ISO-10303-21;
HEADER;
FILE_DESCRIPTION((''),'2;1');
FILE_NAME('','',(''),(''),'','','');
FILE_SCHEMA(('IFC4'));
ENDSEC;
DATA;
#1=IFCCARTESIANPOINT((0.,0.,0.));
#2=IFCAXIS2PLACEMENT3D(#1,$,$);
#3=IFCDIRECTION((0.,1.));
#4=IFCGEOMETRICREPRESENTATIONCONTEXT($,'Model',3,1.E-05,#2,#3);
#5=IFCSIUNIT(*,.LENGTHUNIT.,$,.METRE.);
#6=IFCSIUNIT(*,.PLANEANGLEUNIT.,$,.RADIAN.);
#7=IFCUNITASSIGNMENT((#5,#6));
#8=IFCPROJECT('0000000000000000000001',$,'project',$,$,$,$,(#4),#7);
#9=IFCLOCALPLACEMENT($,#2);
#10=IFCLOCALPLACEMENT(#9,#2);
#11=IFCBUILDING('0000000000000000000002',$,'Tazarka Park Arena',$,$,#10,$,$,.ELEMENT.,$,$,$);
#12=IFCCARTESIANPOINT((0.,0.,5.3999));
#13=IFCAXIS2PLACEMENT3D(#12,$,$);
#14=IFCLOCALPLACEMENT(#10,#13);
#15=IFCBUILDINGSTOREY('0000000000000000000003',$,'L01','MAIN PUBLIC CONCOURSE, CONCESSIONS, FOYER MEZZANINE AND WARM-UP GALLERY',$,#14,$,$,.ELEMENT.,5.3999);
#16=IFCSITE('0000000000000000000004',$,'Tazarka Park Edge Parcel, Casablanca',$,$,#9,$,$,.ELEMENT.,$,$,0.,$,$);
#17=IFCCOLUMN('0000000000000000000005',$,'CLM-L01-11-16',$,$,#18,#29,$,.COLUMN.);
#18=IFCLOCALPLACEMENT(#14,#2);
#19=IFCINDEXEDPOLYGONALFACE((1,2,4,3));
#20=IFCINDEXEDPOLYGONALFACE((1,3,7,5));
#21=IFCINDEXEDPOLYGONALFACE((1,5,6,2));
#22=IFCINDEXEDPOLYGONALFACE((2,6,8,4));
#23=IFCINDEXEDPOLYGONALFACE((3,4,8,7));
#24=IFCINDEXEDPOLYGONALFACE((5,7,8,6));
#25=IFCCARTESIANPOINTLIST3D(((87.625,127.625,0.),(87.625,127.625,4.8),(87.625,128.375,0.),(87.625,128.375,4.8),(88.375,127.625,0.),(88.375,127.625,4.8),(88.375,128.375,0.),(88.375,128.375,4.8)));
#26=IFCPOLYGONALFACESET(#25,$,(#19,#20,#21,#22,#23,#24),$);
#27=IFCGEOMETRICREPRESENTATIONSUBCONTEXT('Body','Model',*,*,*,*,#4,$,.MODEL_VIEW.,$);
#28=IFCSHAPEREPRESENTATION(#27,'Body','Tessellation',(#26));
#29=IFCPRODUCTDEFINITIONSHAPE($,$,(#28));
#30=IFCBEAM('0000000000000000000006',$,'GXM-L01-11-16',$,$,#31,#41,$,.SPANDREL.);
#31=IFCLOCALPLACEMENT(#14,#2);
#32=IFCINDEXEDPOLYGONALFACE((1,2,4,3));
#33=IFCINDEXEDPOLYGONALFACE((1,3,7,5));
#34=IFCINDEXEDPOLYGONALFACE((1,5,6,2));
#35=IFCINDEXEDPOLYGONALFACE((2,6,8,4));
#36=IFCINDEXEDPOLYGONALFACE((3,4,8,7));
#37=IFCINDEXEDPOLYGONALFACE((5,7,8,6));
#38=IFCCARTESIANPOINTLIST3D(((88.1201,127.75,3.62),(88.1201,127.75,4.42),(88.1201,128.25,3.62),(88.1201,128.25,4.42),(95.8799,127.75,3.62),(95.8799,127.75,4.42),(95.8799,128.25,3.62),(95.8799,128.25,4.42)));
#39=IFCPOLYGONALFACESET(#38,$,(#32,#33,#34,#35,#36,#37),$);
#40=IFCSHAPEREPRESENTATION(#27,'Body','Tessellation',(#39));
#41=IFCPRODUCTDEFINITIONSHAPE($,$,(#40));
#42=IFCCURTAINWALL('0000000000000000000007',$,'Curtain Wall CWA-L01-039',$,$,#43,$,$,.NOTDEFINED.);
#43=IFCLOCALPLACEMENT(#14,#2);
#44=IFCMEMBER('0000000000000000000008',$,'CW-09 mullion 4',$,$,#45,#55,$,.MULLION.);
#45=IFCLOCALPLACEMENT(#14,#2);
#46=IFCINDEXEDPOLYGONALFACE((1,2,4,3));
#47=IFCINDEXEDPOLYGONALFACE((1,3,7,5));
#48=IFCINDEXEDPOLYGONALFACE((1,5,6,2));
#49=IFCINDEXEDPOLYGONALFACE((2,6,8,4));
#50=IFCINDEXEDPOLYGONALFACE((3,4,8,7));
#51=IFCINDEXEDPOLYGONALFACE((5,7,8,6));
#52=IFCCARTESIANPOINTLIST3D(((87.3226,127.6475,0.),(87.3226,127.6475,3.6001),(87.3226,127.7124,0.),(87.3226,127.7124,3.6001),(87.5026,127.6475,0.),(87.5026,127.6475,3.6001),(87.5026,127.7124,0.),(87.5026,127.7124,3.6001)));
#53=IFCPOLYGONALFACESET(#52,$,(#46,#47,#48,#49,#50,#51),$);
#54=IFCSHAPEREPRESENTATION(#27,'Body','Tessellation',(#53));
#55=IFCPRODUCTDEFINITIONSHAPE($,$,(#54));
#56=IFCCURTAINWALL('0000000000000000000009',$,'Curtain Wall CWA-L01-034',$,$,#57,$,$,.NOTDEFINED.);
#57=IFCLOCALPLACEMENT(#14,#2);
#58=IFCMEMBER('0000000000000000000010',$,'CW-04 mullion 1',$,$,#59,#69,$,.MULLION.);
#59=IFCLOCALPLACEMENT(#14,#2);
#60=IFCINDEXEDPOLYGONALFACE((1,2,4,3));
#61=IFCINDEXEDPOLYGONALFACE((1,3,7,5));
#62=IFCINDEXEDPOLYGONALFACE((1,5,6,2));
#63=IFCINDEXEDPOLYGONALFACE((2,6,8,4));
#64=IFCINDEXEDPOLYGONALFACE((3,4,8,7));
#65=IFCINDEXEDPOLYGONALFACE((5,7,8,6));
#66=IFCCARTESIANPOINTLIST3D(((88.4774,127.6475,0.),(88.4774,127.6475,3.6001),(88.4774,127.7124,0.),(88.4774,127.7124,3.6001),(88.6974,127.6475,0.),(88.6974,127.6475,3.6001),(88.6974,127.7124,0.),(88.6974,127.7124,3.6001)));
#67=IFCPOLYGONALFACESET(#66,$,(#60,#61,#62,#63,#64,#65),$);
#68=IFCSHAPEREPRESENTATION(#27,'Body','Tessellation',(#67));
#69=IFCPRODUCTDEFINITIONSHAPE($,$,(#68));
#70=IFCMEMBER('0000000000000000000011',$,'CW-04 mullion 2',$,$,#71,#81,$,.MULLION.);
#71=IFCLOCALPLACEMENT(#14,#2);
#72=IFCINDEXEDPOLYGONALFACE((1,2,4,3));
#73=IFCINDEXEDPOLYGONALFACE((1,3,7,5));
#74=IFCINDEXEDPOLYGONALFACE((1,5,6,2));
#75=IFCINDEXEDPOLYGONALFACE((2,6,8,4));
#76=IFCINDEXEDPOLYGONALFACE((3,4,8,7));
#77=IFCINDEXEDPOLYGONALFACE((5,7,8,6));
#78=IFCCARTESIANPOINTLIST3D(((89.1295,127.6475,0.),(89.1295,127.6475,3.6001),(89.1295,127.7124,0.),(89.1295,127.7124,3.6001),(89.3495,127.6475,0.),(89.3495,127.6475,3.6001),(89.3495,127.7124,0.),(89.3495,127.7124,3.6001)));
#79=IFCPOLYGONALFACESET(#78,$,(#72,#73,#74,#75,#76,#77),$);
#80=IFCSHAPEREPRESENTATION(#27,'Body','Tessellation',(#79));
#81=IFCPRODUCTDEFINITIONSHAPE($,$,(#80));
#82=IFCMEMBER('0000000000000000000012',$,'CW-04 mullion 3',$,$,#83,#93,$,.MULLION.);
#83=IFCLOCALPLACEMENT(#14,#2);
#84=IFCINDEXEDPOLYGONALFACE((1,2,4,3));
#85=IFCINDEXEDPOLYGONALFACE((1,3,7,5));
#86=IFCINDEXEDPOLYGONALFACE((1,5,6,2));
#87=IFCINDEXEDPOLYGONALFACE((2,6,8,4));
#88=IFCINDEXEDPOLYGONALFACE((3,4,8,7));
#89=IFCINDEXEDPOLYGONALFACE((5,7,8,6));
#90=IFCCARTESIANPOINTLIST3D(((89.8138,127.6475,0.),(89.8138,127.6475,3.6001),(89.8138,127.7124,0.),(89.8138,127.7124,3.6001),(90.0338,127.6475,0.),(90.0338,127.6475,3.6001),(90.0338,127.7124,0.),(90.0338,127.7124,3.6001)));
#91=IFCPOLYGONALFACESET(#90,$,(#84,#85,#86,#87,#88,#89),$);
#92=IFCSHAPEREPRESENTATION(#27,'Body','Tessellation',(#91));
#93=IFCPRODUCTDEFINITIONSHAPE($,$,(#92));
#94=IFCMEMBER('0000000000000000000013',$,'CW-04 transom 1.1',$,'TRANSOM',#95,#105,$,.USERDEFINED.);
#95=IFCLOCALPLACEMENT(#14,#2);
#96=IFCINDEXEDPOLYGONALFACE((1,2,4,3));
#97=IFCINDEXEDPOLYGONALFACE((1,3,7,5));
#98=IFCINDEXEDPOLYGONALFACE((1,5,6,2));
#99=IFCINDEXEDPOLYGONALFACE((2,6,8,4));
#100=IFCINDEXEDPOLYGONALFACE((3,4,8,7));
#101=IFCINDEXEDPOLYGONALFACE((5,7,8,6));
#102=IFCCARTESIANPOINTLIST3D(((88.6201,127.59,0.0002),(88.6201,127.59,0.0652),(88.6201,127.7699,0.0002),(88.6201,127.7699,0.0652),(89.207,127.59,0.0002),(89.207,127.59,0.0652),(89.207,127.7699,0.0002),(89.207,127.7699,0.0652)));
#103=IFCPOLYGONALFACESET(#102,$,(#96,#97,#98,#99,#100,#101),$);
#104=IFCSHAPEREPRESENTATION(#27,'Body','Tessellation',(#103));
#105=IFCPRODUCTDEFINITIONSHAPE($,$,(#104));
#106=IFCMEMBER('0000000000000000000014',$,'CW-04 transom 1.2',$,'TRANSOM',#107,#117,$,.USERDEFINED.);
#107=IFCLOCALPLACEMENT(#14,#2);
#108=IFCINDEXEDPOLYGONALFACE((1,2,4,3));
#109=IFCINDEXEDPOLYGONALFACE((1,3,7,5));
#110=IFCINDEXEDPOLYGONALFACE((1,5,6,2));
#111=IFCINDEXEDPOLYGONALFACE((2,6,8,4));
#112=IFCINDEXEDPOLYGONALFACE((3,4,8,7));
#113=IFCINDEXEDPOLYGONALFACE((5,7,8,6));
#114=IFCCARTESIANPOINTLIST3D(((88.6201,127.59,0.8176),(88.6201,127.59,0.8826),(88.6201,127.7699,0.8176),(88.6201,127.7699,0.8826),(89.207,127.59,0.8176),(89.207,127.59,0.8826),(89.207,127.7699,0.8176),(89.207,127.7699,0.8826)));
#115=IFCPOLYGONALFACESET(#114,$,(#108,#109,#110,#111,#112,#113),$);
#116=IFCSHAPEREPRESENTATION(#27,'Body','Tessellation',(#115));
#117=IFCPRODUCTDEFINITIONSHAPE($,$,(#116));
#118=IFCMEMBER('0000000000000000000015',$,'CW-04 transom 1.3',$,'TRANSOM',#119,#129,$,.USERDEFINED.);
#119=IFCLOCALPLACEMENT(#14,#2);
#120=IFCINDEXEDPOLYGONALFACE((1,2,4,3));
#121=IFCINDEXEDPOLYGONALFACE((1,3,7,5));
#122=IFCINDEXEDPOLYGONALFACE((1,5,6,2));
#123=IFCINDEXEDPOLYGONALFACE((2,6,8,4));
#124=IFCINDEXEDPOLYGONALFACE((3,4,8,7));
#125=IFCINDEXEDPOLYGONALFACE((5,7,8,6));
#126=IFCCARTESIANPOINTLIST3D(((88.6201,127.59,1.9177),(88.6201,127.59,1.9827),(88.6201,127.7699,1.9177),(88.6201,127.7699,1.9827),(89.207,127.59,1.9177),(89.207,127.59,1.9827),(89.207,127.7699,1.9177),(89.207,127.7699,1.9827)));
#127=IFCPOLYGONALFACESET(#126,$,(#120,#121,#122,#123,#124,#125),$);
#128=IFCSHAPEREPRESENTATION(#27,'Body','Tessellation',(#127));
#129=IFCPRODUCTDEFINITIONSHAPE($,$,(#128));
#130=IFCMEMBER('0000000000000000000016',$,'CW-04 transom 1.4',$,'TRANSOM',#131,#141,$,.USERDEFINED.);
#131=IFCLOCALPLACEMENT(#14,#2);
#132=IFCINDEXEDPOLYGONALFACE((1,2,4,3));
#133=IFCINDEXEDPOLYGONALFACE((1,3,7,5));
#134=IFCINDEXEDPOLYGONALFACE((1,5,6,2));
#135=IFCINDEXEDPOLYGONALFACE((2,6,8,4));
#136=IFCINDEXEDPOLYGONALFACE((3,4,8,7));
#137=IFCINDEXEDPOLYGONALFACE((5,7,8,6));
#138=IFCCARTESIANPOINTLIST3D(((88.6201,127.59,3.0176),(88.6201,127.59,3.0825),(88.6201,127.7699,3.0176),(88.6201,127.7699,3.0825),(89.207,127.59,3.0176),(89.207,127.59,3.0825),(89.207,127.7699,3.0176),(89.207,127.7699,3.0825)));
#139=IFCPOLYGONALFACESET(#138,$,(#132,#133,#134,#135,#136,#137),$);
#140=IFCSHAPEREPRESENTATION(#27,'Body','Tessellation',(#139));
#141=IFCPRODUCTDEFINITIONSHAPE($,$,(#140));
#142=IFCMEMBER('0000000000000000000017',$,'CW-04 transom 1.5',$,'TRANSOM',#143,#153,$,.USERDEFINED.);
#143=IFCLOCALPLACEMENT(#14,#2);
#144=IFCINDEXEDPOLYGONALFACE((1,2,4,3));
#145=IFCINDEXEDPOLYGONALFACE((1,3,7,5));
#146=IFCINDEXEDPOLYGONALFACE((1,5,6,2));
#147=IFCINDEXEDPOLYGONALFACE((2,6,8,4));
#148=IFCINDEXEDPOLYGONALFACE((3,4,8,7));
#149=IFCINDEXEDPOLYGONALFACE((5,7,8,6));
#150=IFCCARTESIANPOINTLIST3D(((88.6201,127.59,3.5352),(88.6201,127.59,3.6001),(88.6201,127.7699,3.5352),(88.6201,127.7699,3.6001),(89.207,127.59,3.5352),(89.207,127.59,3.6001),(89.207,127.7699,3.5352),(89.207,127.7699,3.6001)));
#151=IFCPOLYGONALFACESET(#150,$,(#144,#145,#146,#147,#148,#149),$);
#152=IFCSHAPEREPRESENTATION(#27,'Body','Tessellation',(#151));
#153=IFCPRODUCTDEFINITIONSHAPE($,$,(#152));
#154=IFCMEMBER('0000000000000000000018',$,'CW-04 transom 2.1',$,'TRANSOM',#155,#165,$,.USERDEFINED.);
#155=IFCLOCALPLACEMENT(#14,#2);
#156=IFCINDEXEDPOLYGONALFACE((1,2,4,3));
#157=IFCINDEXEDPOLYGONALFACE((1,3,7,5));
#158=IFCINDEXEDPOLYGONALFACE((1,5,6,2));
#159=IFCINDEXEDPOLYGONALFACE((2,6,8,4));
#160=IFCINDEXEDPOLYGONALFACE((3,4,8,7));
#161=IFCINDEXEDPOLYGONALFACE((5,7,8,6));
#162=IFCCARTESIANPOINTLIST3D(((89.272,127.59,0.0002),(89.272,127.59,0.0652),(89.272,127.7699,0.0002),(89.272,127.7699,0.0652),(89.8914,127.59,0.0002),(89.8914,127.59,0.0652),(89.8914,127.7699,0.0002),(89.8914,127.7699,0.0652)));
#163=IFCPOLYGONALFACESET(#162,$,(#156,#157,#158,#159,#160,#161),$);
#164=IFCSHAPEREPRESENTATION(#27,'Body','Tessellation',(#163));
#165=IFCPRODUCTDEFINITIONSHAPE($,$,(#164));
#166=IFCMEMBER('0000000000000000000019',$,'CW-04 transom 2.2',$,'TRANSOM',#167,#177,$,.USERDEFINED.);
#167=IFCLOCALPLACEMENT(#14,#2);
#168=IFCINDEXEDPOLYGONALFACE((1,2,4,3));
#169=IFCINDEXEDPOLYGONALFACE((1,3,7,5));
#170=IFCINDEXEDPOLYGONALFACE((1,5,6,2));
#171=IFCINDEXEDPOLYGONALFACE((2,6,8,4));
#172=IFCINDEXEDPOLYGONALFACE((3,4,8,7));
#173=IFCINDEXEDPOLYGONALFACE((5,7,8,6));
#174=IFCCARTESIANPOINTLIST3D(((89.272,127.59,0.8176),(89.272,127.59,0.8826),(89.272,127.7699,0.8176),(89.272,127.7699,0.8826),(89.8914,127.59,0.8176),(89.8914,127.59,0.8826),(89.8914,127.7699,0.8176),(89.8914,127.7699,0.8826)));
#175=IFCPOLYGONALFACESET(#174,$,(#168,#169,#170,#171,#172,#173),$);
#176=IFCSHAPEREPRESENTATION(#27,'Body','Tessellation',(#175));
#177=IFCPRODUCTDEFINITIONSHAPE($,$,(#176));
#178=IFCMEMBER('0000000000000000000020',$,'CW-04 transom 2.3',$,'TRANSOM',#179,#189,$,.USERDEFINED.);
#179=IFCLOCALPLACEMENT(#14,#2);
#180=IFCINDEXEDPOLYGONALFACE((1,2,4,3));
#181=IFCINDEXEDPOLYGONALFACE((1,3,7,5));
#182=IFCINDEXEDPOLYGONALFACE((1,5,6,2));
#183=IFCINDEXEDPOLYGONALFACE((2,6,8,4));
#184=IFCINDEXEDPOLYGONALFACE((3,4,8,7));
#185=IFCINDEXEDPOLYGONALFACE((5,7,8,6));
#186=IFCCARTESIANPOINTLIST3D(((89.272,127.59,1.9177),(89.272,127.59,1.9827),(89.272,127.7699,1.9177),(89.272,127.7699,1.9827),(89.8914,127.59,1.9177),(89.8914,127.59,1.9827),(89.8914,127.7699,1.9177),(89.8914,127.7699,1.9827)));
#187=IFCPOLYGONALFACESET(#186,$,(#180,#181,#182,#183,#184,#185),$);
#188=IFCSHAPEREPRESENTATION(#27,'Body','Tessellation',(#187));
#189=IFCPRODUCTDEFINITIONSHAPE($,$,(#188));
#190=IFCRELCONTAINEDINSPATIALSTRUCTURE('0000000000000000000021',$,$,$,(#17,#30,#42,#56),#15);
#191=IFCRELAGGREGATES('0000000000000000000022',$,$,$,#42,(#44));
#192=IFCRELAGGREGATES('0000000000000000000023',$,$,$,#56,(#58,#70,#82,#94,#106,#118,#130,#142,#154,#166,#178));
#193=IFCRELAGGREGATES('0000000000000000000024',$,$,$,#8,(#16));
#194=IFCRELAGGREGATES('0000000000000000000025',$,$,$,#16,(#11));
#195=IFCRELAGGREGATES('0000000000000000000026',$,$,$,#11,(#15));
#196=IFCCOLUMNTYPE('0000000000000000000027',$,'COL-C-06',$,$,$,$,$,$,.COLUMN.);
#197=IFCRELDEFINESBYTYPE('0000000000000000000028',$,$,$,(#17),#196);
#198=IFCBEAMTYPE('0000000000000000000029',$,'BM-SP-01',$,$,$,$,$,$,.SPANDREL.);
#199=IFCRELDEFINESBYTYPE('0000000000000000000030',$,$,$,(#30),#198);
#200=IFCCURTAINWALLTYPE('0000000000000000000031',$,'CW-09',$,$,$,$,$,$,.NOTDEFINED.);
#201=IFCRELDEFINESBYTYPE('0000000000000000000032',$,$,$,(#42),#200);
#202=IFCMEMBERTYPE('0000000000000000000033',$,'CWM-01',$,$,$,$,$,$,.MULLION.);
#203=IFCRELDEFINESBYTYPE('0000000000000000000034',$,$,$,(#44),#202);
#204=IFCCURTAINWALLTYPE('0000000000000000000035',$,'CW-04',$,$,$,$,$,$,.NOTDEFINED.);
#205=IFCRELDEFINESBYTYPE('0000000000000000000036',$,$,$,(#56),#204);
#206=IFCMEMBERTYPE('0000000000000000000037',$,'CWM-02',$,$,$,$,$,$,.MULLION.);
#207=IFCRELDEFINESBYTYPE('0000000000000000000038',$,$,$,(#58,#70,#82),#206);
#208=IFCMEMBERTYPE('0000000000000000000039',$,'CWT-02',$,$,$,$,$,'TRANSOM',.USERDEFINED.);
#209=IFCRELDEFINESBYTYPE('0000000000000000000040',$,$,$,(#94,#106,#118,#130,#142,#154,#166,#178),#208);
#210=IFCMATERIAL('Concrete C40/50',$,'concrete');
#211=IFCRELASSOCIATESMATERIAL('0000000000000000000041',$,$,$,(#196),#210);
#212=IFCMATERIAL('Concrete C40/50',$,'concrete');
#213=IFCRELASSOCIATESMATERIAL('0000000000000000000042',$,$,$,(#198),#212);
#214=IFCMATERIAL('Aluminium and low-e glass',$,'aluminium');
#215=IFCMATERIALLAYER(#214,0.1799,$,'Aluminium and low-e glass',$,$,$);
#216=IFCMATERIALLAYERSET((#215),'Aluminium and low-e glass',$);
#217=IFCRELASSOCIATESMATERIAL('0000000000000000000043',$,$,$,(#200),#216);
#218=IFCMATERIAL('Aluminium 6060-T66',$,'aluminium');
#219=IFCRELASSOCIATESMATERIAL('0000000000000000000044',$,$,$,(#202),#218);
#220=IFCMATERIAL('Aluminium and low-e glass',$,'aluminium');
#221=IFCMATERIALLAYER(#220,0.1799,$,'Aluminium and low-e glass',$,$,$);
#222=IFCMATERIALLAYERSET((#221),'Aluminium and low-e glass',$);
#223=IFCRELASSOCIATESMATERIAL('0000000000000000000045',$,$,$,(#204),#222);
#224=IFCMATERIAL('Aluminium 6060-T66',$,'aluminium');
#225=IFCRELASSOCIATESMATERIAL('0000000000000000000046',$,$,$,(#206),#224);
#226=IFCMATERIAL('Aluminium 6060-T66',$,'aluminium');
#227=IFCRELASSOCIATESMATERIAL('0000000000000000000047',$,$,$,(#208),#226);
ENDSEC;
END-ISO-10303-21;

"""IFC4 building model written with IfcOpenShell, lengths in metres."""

from ifc_helpers import new_model, si_unit, direction, frame, origin, origin_2d, place, context, subcontext, project, spatial, rectangle, extrude, material, layer, layer_set, material_profile, profile_set, type_object, element, aggregate, save


model = new_model("IFC4")

# Units and contexts
model_context = context("Model", 3, precision=1e-05, world=origin(), true_north=direction((0.0, 1.0)))
body_context = subcontext(model_context, "Body", "Model", "MODEL_VIEW")
ifc_project = project(units=[si_unit("LENGTHUNIT", "METRE"), si_unit("PLANEANGLEUNIT", "RADIAN")], contexts=[model_context])

# Site, building, storey
site_placement = place(None, origin())
site = spatial("IfcSite", under=ifc_project, at=site_placement, Name="Tazarka Park Edge Parcel, Casablanca", CompositionType="ELEMENT", RefElevation=0.0)
building_placement = place(site_placement, origin())
building = spatial("IfcBuilding", under=site, at=building_placement, Name="Tazarka Park Arena", CompositionType="ELEMENT")
storey_placement = place(building_placement, frame((0.0, 0.0, 5.3999)))
storey = spatial("IfcBuildingStorey", under=building, at=storey_placement, Name="L01", Description="MAIN PUBLIC CONCOURSE, CONCESSIONS, FOYER MEZZANINE AND WARM-UP GALLERY", CompositionType="ELEMENT", Elevation=5.3999)

# Column
ifc_material_1 = material(Name="Concrete C40/50", Category="concrete")
ifc_material_profile_1 = material_profile(ifc_material_1, rectangle(XDim=0.75, YDim=0.75, at=origin_2d()), Name="Concrete C40/50")
ifc_profile_set_1 = profile_set([ifc_material_profile_1], Name="Concrete C40/50")
column_type = type_object("IfcColumnType", Name="COL-C-06", PredefinedType="COLUMN", material=ifc_profile_set_1)
column_placement = place(storey_placement, frame((88.0, 128.0, 0.0), z_axis=(0.0, 0.0, 1.0), x_axis=(1.0, 0.0, 0.0)))
element("IfcColumn", 1, at=column_placement, inside=storey, type_object=column_type, Name="CLM-L01-11-16", PredefinedType="COLUMN", context=body_context, shape_type="SweptSolid", body=[
    extrude(rectangle(XDim=0.75, YDim=0.75, at=origin_2d()), origin(), (0.0, 0.0, 1.0), 4.8),
])

# Beam
ifc_material_2 = material(Name="Concrete C40/50", Category="concrete")
ifc_material_profile_2 = material_profile(ifc_material_2, rectangle(XDim=0.5, YDim=0.8, at=origin_2d()), Name="Concrete C40/50")
ifc_profile_set_2 = profile_set([ifc_material_profile_2], Name="Concrete C40/50")
beam_type = type_object("IfcBeamType", Name="BM-SP-01", PredefinedType="SPANDREL", material=ifc_profile_set_2)
beam_placement = place(storey_placement, frame((88.1201, 128.0, 4.02), z_axis=(1.0, 0.0, 0.0), x_axis=(0.0, 1.0, 0.0)))
element("IfcBeam", 2, at=beam_placement, inside=storey, type_object=beam_type, Name="GXM-L01-11-16", PredefinedType="SPANDREL", context=body_context, shape_type="SweptSolid", body=[
    extrude(rectangle(XDim=0.5, YDim=0.8, at=origin_2d()), origin(), (0.0, 0.0, 1.0), 7.7598),
])

# Curtain wall, member
ifc_material_3 = material(Name="Aluminium and low-e glass", Category="aluminium")
ifc_layer_1 = layer(ifc_material_3, 0.1799, Name="Aluminium and low-e glass")
ifc_layer_set_1 = layer_set([ifc_layer_1], Name="Aluminium and low-e glass")
curtain_wall_type_1 = type_object("IfcCurtainWallType", Name="CW-09", PredefinedType="NOTDEFINED", material=ifc_layer_set_1)
curtain_wall_1_placement = place(storey_placement, origin())
curtain_wall_1 = element("IfcCurtainWall", 3, at=curtain_wall_1_placement, inside=storey, type_object=curtain_wall_type_1, Name="Curtain Wall CWA-L01-039", PredefinedType="NOTDEFINED")
ifc_material_4 = material(Name="Aluminium 6060-T66", Category="aluminium")
ifc_material_profile_3 = material_profile(ifc_material_4, rectangle(XDim=0.0649, YDim=0.1799, at=origin_2d()), Name="Aluminium 6060-T66")
ifc_profile_set_3 = profile_set([ifc_material_profile_3], Name="Aluminium 6060-T66")
member_type_1 = type_object("IfcMemberType", Name="CWM-01", PredefinedType="MULLION", material=ifc_profile_set_3)
member_1_placement = place(storey_placement, frame((87.4126, 127.6799, 0.0), z_axis=(0.0, 0.0, 1.0), x_axis=(0.0, 1.0, 0.0)))
member_1 = element("IfcMember", 4, at=member_1_placement, type_object=member_type_1, Name="CW-09 mullion 4", PredefinedType="MULLION", context=body_context, shape_type="SweptSolid", body=[
    extrude(rectangle(XDim=0.0649, YDim=0.1799, at=origin_2d()), origin(), (0.0, 0.0, 1.0), 3.6001),
])

# Curtain wall, members
ifc_material_5 = material(Name="Aluminium and low-e glass", Category="aluminium")
ifc_layer_2 = layer(ifc_material_5, 0.1799, Name="Aluminium and low-e glass")
ifc_layer_set_2 = layer_set([ifc_layer_2], Name="Aluminium and low-e glass")
curtain_wall_type_2 = type_object("IfcCurtainWallType", Name="CW-04", PredefinedType="NOTDEFINED", material=ifc_layer_set_2)
curtain_wall_2_placement = place(storey_placement, origin())
curtain_wall_2 = element("IfcCurtainWall", 5, at=curtain_wall_2_placement, inside=storey, type_object=curtain_wall_type_2, Name="Curtain Wall CWA-L01-034", PredefinedType="NOTDEFINED")
ifc_material_6 = material(Name="Aluminium 6060-T66", Category="aluminium")
ifc_material_profile_4 = material_profile(ifc_material_6, rectangle(XDim=0.0649, YDim=0.22, at=origin_2d()), Name="Aluminium 6060-T66")
ifc_profile_set_4 = profile_set([ifc_material_profile_4], Name="Aluminium 6060-T66")
member_type_2 = type_object("IfcMemberType", Name="CWM-02", PredefinedType="MULLION", material=ifc_profile_set_4)
member_2_placement = place(storey_placement, frame((88.5874, 127.6799, 0.0), z_axis=(0.0, 0.0, 1.0), x_axis=(0.0, 1.0, 0.0)))
member_2 = element("IfcMember", 6, at=member_2_placement, type_object=member_type_2, Name="CW-04 mullion 1", PredefinedType="MULLION", context=body_context, shape_type="SweptSolid", body=[
    extrude(rectangle(XDim=0.0649, YDim=0.22, at=origin_2d()), origin(), (0.0, 0.0, 1.0), 3.6001),
])
member_3_placement = place(storey_placement, frame((89.2395, 127.6799, 0.0), z_axis=(0.0, 0.0, 1.0), x_axis=(0.0, 1.0, 0.0)))
member_3 = element("IfcMember", 7, at=member_3_placement, type_object=member_type_2, Name="CW-04 mullion 2", PredefinedType="MULLION", context=body_context, shape_type="SweptSolid", body=[
    extrude(rectangle(XDim=0.0649, YDim=0.22, at=origin_2d()), origin(), (0.0, 0.0, 1.0), 3.6001),
])
member_4_placement = place(storey_placement, frame((89.9238, 127.6799, 0.0), z_axis=(0.0, 0.0, 1.0), x_axis=(0.0, 1.0, 0.0)))
member_4 = element("IfcMember", 8, at=member_4_placement, type_object=member_type_2, Name="CW-04 mullion 3", PredefinedType="MULLION", context=body_context, shape_type="SweptSolid", body=[
    extrude(rectangle(XDim=0.0649, YDim=0.22, at=origin_2d()), origin(), (0.0, 0.0, 1.0), 3.6001),
])
ifc_material_7 = material(Name="Aluminium 6060-T66", Category="aluminium")
ifc_material_profile_5 = material_profile(ifc_material_7, rectangle(XDim=0.1799, YDim=0.0649, at=origin_2d()), Name="Aluminium 6060-T66")
ifc_profile_set_5 = profile_set([ifc_material_profile_5], Name="Aluminium 6060-T66")
member_type_3 = type_object("IfcMemberType", Name="CWT-02", ElementType="TRANSOM", PredefinedType="USERDEFINED", material=ifc_profile_set_5)
member_5_placement = place(storey_placement, frame((88.6201, 127.6799, 0.0327), z_axis=(1.0, 0.0, 0.0), x_axis=(0.0, 1.0, 0.0)))
member_5 = element("IfcMember", 9, at=member_5_placement, type_object=member_type_3, Name="CW-04 transom 1.1", ObjectType="TRANSOM", PredefinedType="USERDEFINED", context=body_context, shape_type="SweptSolid", body=[
    extrude(rectangle(XDim=0.1799, YDim=0.0649, at=origin_2d()), origin(), (0.0, 0.0, 1.0), 0.5869),
])
member_6_placement = place(storey_placement, frame((88.6201, 127.6799, 0.8501), z_axis=(1.0, 0.0, 0.0), x_axis=(0.0, 1.0, 0.0)))
member_6 = element("IfcMember", 10, at=member_6_placement, type_object=member_type_3, Name="CW-04 transom 1.2", ObjectType="TRANSOM", PredefinedType="USERDEFINED", context=body_context, shape_type="SweptSolid", body=[
    extrude(rectangle(XDim=0.1799, YDim=0.0649, at=origin_2d()), origin(), (0.0, 0.0, 1.0), 0.5869),
])
member_7_placement = place(storey_placement, frame((88.6201, 127.6799, 1.9502), z_axis=(1.0, 0.0, 0.0), x_axis=(0.0, 1.0, 0.0)))
member_7 = element("IfcMember", 11, at=member_7_placement, type_object=member_type_3, Name="CW-04 transom 1.3", ObjectType="TRANSOM", PredefinedType="USERDEFINED", context=body_context, shape_type="SweptSolid", body=[
    extrude(rectangle(XDim=0.1799, YDim=0.0649, at=origin_2d()), origin(), (0.0, 0.0, 1.0), 0.5869),
])
member_8_placement = place(storey_placement, frame((88.6201, 127.6799, 3.05), z_axis=(1.0, 0.0, 0.0), x_axis=(0.0, 1.0, 0.0)))
member_8 = element("IfcMember", 12, at=member_8_placement, type_object=member_type_3, Name="CW-04 transom 1.4", ObjectType="TRANSOM", PredefinedType="USERDEFINED", context=body_context, shape_type="SweptSolid", body=[
    extrude(rectangle(XDim=0.1799, YDim=0.0649, at=origin_2d()), origin(), (0.0, 0.0, 1.0), 0.5869),
])
member_9_placement = place(storey_placement, frame((88.6201, 127.6799, 3.5676), z_axis=(1.0, 0.0, 0.0), x_axis=(0.0, 1.0, 0.0)))
member_9 = element("IfcMember", 13, at=member_9_placement, type_object=member_type_3, Name="CW-04 transom 1.5", ObjectType="TRANSOM", PredefinedType="USERDEFINED", context=body_context, shape_type="SweptSolid", body=[
    extrude(rectangle(XDim=0.1799, YDim=0.0649, at=origin_2d()), origin(), (0.0, 0.0, 1.0), 0.5869),
])
member_10_placement = place(storey_placement, frame((89.272, 127.6799, 0.0327), z_axis=(1.0, 0.0, 0.0), x_axis=(0.0, 1.0, 0.0)))
member_10 = element("IfcMember", 14, at=member_10_placement, type_object=member_type_3, Name="CW-04 transom 2.1", ObjectType="TRANSOM", PredefinedType="USERDEFINED", context=body_context, shape_type="SweptSolid", body=[
    extrude(rectangle(XDim=0.1799, YDim=0.0649, at=origin_2d()), origin(), (0.0, 0.0, 1.0), 0.6194),
])
member_11_placement = place(storey_placement, frame((89.272, 127.6799, 0.8501), z_axis=(1.0, 0.0, 0.0), x_axis=(0.0, 1.0, 0.0)))
member_11 = element("IfcMember", 15, at=member_11_placement, type_object=member_type_3, Name="CW-04 transom 2.2", ObjectType="TRANSOM", PredefinedType="USERDEFINED", context=body_context, shape_type="SweptSolid", body=[
    extrude(rectangle(XDim=0.1799, YDim=0.0649, at=origin_2d()), origin(), (0.0, 0.0, 1.0), 0.6194),
])
member_12_placement = place(storey_placement, frame((89.272, 127.6799, 1.9502), z_axis=(1.0, 0.0, 0.0), x_axis=(0.0, 1.0, 0.0)))
member_12 = element("IfcMember", 16, at=member_12_placement, type_object=member_type_3, Name="CW-04 transom 2.3", ObjectType="TRANSOM", PredefinedType="USERDEFINED", context=body_context, shape_type="SweptSolid", body=[
    extrude(rectangle(XDim=0.1799, YDim=0.0649, at=origin_2d()), origin(), (0.0, 0.0, 1.0), 0.6194),
])

aggregate(curtain_wall_1, [member_1])
aggregate(curtain_wall_2, [member_2, member_3, member_4, member_5, member_6, member_7, member_8, member_9, member_10, member_11, member_12])

save(model, "model.ifc")
